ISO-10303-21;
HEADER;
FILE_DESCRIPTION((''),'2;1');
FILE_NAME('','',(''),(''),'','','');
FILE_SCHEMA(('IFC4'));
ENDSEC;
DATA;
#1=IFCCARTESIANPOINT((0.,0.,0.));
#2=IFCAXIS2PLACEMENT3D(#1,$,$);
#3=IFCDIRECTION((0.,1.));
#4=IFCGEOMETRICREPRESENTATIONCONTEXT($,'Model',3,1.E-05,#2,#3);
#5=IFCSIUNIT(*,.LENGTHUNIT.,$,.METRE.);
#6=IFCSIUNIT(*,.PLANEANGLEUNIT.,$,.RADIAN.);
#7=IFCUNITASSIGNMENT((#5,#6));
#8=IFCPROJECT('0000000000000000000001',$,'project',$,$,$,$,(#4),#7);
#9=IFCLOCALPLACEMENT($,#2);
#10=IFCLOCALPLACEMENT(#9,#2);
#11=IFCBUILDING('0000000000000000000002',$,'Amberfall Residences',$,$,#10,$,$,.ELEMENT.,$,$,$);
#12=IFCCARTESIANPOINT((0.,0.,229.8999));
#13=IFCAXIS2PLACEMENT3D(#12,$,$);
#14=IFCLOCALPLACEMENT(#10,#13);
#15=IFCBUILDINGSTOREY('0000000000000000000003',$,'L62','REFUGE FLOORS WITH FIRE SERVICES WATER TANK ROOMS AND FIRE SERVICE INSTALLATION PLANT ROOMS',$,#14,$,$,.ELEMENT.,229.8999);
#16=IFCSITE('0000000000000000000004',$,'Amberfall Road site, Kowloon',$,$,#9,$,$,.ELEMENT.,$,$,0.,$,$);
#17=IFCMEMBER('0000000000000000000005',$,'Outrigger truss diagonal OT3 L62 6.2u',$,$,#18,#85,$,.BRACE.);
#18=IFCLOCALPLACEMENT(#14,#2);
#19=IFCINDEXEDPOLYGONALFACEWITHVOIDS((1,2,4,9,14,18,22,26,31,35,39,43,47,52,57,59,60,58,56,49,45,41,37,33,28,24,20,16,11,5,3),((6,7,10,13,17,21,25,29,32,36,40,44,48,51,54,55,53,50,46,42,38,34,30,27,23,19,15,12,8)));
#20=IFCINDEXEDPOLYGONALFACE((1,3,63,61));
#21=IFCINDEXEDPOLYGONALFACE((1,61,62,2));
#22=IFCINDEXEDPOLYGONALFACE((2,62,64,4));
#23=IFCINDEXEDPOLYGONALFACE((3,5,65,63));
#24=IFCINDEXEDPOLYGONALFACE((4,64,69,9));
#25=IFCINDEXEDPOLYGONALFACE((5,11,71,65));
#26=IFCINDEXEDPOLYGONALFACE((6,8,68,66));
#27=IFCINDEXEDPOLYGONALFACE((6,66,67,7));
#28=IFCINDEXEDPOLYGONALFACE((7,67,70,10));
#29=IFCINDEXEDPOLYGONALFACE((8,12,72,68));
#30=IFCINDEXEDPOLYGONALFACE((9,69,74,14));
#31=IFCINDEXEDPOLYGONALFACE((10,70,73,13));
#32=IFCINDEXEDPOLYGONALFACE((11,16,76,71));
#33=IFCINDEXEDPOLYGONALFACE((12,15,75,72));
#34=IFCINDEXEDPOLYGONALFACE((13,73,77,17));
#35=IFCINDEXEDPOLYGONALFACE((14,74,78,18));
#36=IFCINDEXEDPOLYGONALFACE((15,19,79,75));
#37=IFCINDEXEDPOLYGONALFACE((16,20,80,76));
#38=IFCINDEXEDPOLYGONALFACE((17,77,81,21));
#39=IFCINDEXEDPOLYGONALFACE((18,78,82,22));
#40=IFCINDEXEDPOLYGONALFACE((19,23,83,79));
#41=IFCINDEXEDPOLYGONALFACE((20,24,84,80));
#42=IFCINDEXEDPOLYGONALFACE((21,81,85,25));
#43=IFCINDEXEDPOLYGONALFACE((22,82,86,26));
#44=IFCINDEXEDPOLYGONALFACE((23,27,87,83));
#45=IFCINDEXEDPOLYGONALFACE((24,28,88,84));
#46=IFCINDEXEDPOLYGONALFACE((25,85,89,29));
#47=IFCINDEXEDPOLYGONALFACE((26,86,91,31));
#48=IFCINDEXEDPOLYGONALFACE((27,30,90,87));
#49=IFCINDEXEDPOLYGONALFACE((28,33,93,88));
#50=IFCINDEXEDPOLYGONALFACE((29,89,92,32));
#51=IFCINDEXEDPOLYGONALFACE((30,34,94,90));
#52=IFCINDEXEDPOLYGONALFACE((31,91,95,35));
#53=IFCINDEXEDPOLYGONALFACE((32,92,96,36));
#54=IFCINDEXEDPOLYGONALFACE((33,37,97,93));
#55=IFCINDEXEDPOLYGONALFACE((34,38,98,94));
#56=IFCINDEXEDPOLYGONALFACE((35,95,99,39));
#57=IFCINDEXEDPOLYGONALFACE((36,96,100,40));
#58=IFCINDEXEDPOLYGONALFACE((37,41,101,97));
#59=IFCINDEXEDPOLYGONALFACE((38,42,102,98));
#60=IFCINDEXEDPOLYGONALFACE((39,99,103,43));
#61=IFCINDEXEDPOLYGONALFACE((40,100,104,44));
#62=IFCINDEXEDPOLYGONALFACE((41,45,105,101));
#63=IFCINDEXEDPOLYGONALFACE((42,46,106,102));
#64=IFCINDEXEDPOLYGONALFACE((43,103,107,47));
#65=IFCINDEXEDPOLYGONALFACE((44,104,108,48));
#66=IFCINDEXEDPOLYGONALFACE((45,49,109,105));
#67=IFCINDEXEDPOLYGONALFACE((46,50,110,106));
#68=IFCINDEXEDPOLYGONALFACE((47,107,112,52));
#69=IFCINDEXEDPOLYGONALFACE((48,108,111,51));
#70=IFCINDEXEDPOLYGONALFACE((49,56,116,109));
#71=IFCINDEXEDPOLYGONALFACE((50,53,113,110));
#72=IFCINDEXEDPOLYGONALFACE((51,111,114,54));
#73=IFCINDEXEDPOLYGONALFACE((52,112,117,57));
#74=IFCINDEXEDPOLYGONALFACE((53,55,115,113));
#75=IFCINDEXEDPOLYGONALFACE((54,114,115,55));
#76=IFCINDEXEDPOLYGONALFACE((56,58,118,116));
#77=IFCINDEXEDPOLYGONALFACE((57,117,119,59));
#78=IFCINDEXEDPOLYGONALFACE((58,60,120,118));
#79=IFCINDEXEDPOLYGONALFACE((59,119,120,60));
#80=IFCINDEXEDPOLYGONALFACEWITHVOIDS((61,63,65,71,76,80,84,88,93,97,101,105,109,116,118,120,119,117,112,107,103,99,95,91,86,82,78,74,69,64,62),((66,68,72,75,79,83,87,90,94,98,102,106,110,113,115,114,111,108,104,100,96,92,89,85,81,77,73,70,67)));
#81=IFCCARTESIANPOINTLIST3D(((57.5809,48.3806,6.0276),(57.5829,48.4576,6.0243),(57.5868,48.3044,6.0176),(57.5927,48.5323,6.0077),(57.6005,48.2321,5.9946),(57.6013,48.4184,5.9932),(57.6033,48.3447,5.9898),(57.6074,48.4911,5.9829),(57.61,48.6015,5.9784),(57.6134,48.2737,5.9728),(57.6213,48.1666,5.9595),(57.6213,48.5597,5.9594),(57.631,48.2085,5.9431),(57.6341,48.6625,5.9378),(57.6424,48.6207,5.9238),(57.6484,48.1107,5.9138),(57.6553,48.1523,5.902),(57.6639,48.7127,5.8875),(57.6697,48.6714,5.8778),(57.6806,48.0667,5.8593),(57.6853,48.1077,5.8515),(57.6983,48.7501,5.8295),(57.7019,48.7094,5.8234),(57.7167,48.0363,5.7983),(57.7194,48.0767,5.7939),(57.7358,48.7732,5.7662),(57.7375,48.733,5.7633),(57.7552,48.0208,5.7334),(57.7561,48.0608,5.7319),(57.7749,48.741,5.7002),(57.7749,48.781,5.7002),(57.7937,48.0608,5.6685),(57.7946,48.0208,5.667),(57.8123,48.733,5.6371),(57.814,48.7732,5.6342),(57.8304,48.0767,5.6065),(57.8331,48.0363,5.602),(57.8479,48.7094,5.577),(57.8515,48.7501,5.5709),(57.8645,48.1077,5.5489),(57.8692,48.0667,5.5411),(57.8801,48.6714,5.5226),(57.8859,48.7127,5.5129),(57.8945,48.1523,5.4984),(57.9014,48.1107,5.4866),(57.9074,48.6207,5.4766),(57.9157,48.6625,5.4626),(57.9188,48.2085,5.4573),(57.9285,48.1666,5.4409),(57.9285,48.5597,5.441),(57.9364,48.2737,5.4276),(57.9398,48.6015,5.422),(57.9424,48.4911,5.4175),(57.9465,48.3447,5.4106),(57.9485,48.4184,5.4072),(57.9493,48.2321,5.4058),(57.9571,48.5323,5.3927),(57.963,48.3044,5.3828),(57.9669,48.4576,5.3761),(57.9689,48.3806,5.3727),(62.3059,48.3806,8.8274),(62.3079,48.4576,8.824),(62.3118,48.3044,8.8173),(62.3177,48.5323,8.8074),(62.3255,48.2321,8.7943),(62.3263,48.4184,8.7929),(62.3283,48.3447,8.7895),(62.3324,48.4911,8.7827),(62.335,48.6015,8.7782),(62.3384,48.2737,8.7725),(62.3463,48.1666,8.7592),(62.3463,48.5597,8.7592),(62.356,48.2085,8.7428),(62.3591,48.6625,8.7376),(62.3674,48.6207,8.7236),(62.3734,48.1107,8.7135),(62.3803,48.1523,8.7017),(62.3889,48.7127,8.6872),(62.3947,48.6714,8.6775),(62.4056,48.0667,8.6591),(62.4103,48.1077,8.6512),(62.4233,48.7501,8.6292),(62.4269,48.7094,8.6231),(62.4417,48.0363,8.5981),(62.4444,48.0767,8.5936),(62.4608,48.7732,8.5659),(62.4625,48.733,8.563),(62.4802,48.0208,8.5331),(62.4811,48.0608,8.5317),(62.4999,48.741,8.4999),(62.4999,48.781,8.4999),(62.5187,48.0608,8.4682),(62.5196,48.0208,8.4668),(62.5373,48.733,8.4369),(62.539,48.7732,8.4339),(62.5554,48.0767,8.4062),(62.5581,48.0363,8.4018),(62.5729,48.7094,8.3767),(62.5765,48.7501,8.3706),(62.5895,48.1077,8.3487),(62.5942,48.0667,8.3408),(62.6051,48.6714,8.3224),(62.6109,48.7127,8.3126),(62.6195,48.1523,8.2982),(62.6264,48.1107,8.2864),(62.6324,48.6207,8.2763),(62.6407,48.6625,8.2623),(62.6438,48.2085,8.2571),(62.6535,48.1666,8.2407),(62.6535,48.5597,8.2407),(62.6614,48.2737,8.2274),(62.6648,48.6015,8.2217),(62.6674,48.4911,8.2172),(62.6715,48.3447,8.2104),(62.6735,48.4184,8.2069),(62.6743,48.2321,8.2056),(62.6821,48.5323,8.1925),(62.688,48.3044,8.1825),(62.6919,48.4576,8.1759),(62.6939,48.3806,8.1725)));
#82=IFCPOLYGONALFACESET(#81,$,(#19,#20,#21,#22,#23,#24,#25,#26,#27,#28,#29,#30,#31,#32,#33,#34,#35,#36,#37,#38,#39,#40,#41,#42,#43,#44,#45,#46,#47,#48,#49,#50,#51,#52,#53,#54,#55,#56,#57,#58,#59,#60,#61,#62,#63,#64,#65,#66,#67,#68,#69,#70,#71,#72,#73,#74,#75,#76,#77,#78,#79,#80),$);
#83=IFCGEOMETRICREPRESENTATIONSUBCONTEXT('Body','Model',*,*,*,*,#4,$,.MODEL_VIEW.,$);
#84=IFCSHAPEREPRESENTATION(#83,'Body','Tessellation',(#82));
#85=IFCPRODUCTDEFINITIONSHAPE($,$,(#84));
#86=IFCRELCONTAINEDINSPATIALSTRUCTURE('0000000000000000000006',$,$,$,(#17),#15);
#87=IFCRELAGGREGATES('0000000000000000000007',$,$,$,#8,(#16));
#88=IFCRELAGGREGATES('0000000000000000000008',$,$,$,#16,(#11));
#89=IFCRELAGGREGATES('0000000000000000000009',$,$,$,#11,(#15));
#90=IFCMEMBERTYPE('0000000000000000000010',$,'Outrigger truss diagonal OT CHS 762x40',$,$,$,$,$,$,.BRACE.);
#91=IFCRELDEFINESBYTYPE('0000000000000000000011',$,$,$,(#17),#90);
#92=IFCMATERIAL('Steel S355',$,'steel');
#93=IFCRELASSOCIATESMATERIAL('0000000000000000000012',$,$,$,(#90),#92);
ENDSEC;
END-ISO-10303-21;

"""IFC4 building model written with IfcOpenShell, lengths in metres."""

from ifc_helpers import new_model, si_unit, direction, frame, origin, origin_2d, place, context, subcontext, project, spatial, hollow_circle, extrude, material, material_profile, profile_set, type_object, element, save


model = new_model("IFC4")

# Units and contexts
model_context = context("Model", 3, precision=1e-05, world=origin(), true_north=direction((0.0, 1.0)))
body_context = subcontext(model_context, "Body", "Model", "MODEL_VIEW")
ifc_project = project(units=[si_unit("LENGTHUNIT", "METRE"), si_unit("PLANEANGLEUNIT", "RADIAN")], contexts=[model_context])

# Site, building, storey
site_placement = place(None, origin())
site = spatial("IfcSite", under=ifc_project, at=site_placement, Name="Amberfall Road site, Kowloon", CompositionType="ELEMENT", RefElevation=0.0)
building_placement = place(site_placement, origin())
building = spatial("IfcBuilding", under=site, at=building_placement, Name="Amberfall Residences", CompositionType="ELEMENT")
storey_placement = place(building_placement, frame((0.0, 0.0, 229.8999)))
storey = spatial("IfcBuildingStorey", under=building, at=storey_placement, Name="L62", Description="REFUGE FLOORS WITH FIRE SERVICES WATER TANK ROOMS AND FIRE SERVICE INSTALLATION PLANT ROOMS", CompositionType="ELEMENT", Elevation=229.8999)

# Member
ifc_material_1 = material(Name="Steel S355", Category="steel")
ifc_material_profile = material_profile(ifc_material_1, hollow_circle(Radius=0.3811, WallThickness=0.04, at=origin_2d()), Name="CHS 762x40")
ifc_profile_set = profile_set([ifc_material_profile], Name="Steel S355")
member_type = type_object("IfcMemberType", Name="Outrigger truss diagonal OT CHS 762x40", PredefinedType="BRACE", material=ifc_profile_set)
member_placement = place(storey_placement, frame((57.7749, 48.3999, 5.7002), z_axis=(0.860312, 0.0, 0.509768), x_axis=(0.0, 1.0, 0.0)))
element("IfcMember", 1, at=member_placement, inside=storey, type_object=member_type, Name="Outrigger truss diagonal OT3 L62 6.2u", PredefinedType="BRACE", context=body_context, shape_type="SweptSolid", body=[
    extrude(hollow_circle(Radius=0.3811, WallThickness=0.04, at=origin_2d()), origin(), (0.0, 0.0, 1.0), 5.4922),
])

save(model, "model.ifc")
